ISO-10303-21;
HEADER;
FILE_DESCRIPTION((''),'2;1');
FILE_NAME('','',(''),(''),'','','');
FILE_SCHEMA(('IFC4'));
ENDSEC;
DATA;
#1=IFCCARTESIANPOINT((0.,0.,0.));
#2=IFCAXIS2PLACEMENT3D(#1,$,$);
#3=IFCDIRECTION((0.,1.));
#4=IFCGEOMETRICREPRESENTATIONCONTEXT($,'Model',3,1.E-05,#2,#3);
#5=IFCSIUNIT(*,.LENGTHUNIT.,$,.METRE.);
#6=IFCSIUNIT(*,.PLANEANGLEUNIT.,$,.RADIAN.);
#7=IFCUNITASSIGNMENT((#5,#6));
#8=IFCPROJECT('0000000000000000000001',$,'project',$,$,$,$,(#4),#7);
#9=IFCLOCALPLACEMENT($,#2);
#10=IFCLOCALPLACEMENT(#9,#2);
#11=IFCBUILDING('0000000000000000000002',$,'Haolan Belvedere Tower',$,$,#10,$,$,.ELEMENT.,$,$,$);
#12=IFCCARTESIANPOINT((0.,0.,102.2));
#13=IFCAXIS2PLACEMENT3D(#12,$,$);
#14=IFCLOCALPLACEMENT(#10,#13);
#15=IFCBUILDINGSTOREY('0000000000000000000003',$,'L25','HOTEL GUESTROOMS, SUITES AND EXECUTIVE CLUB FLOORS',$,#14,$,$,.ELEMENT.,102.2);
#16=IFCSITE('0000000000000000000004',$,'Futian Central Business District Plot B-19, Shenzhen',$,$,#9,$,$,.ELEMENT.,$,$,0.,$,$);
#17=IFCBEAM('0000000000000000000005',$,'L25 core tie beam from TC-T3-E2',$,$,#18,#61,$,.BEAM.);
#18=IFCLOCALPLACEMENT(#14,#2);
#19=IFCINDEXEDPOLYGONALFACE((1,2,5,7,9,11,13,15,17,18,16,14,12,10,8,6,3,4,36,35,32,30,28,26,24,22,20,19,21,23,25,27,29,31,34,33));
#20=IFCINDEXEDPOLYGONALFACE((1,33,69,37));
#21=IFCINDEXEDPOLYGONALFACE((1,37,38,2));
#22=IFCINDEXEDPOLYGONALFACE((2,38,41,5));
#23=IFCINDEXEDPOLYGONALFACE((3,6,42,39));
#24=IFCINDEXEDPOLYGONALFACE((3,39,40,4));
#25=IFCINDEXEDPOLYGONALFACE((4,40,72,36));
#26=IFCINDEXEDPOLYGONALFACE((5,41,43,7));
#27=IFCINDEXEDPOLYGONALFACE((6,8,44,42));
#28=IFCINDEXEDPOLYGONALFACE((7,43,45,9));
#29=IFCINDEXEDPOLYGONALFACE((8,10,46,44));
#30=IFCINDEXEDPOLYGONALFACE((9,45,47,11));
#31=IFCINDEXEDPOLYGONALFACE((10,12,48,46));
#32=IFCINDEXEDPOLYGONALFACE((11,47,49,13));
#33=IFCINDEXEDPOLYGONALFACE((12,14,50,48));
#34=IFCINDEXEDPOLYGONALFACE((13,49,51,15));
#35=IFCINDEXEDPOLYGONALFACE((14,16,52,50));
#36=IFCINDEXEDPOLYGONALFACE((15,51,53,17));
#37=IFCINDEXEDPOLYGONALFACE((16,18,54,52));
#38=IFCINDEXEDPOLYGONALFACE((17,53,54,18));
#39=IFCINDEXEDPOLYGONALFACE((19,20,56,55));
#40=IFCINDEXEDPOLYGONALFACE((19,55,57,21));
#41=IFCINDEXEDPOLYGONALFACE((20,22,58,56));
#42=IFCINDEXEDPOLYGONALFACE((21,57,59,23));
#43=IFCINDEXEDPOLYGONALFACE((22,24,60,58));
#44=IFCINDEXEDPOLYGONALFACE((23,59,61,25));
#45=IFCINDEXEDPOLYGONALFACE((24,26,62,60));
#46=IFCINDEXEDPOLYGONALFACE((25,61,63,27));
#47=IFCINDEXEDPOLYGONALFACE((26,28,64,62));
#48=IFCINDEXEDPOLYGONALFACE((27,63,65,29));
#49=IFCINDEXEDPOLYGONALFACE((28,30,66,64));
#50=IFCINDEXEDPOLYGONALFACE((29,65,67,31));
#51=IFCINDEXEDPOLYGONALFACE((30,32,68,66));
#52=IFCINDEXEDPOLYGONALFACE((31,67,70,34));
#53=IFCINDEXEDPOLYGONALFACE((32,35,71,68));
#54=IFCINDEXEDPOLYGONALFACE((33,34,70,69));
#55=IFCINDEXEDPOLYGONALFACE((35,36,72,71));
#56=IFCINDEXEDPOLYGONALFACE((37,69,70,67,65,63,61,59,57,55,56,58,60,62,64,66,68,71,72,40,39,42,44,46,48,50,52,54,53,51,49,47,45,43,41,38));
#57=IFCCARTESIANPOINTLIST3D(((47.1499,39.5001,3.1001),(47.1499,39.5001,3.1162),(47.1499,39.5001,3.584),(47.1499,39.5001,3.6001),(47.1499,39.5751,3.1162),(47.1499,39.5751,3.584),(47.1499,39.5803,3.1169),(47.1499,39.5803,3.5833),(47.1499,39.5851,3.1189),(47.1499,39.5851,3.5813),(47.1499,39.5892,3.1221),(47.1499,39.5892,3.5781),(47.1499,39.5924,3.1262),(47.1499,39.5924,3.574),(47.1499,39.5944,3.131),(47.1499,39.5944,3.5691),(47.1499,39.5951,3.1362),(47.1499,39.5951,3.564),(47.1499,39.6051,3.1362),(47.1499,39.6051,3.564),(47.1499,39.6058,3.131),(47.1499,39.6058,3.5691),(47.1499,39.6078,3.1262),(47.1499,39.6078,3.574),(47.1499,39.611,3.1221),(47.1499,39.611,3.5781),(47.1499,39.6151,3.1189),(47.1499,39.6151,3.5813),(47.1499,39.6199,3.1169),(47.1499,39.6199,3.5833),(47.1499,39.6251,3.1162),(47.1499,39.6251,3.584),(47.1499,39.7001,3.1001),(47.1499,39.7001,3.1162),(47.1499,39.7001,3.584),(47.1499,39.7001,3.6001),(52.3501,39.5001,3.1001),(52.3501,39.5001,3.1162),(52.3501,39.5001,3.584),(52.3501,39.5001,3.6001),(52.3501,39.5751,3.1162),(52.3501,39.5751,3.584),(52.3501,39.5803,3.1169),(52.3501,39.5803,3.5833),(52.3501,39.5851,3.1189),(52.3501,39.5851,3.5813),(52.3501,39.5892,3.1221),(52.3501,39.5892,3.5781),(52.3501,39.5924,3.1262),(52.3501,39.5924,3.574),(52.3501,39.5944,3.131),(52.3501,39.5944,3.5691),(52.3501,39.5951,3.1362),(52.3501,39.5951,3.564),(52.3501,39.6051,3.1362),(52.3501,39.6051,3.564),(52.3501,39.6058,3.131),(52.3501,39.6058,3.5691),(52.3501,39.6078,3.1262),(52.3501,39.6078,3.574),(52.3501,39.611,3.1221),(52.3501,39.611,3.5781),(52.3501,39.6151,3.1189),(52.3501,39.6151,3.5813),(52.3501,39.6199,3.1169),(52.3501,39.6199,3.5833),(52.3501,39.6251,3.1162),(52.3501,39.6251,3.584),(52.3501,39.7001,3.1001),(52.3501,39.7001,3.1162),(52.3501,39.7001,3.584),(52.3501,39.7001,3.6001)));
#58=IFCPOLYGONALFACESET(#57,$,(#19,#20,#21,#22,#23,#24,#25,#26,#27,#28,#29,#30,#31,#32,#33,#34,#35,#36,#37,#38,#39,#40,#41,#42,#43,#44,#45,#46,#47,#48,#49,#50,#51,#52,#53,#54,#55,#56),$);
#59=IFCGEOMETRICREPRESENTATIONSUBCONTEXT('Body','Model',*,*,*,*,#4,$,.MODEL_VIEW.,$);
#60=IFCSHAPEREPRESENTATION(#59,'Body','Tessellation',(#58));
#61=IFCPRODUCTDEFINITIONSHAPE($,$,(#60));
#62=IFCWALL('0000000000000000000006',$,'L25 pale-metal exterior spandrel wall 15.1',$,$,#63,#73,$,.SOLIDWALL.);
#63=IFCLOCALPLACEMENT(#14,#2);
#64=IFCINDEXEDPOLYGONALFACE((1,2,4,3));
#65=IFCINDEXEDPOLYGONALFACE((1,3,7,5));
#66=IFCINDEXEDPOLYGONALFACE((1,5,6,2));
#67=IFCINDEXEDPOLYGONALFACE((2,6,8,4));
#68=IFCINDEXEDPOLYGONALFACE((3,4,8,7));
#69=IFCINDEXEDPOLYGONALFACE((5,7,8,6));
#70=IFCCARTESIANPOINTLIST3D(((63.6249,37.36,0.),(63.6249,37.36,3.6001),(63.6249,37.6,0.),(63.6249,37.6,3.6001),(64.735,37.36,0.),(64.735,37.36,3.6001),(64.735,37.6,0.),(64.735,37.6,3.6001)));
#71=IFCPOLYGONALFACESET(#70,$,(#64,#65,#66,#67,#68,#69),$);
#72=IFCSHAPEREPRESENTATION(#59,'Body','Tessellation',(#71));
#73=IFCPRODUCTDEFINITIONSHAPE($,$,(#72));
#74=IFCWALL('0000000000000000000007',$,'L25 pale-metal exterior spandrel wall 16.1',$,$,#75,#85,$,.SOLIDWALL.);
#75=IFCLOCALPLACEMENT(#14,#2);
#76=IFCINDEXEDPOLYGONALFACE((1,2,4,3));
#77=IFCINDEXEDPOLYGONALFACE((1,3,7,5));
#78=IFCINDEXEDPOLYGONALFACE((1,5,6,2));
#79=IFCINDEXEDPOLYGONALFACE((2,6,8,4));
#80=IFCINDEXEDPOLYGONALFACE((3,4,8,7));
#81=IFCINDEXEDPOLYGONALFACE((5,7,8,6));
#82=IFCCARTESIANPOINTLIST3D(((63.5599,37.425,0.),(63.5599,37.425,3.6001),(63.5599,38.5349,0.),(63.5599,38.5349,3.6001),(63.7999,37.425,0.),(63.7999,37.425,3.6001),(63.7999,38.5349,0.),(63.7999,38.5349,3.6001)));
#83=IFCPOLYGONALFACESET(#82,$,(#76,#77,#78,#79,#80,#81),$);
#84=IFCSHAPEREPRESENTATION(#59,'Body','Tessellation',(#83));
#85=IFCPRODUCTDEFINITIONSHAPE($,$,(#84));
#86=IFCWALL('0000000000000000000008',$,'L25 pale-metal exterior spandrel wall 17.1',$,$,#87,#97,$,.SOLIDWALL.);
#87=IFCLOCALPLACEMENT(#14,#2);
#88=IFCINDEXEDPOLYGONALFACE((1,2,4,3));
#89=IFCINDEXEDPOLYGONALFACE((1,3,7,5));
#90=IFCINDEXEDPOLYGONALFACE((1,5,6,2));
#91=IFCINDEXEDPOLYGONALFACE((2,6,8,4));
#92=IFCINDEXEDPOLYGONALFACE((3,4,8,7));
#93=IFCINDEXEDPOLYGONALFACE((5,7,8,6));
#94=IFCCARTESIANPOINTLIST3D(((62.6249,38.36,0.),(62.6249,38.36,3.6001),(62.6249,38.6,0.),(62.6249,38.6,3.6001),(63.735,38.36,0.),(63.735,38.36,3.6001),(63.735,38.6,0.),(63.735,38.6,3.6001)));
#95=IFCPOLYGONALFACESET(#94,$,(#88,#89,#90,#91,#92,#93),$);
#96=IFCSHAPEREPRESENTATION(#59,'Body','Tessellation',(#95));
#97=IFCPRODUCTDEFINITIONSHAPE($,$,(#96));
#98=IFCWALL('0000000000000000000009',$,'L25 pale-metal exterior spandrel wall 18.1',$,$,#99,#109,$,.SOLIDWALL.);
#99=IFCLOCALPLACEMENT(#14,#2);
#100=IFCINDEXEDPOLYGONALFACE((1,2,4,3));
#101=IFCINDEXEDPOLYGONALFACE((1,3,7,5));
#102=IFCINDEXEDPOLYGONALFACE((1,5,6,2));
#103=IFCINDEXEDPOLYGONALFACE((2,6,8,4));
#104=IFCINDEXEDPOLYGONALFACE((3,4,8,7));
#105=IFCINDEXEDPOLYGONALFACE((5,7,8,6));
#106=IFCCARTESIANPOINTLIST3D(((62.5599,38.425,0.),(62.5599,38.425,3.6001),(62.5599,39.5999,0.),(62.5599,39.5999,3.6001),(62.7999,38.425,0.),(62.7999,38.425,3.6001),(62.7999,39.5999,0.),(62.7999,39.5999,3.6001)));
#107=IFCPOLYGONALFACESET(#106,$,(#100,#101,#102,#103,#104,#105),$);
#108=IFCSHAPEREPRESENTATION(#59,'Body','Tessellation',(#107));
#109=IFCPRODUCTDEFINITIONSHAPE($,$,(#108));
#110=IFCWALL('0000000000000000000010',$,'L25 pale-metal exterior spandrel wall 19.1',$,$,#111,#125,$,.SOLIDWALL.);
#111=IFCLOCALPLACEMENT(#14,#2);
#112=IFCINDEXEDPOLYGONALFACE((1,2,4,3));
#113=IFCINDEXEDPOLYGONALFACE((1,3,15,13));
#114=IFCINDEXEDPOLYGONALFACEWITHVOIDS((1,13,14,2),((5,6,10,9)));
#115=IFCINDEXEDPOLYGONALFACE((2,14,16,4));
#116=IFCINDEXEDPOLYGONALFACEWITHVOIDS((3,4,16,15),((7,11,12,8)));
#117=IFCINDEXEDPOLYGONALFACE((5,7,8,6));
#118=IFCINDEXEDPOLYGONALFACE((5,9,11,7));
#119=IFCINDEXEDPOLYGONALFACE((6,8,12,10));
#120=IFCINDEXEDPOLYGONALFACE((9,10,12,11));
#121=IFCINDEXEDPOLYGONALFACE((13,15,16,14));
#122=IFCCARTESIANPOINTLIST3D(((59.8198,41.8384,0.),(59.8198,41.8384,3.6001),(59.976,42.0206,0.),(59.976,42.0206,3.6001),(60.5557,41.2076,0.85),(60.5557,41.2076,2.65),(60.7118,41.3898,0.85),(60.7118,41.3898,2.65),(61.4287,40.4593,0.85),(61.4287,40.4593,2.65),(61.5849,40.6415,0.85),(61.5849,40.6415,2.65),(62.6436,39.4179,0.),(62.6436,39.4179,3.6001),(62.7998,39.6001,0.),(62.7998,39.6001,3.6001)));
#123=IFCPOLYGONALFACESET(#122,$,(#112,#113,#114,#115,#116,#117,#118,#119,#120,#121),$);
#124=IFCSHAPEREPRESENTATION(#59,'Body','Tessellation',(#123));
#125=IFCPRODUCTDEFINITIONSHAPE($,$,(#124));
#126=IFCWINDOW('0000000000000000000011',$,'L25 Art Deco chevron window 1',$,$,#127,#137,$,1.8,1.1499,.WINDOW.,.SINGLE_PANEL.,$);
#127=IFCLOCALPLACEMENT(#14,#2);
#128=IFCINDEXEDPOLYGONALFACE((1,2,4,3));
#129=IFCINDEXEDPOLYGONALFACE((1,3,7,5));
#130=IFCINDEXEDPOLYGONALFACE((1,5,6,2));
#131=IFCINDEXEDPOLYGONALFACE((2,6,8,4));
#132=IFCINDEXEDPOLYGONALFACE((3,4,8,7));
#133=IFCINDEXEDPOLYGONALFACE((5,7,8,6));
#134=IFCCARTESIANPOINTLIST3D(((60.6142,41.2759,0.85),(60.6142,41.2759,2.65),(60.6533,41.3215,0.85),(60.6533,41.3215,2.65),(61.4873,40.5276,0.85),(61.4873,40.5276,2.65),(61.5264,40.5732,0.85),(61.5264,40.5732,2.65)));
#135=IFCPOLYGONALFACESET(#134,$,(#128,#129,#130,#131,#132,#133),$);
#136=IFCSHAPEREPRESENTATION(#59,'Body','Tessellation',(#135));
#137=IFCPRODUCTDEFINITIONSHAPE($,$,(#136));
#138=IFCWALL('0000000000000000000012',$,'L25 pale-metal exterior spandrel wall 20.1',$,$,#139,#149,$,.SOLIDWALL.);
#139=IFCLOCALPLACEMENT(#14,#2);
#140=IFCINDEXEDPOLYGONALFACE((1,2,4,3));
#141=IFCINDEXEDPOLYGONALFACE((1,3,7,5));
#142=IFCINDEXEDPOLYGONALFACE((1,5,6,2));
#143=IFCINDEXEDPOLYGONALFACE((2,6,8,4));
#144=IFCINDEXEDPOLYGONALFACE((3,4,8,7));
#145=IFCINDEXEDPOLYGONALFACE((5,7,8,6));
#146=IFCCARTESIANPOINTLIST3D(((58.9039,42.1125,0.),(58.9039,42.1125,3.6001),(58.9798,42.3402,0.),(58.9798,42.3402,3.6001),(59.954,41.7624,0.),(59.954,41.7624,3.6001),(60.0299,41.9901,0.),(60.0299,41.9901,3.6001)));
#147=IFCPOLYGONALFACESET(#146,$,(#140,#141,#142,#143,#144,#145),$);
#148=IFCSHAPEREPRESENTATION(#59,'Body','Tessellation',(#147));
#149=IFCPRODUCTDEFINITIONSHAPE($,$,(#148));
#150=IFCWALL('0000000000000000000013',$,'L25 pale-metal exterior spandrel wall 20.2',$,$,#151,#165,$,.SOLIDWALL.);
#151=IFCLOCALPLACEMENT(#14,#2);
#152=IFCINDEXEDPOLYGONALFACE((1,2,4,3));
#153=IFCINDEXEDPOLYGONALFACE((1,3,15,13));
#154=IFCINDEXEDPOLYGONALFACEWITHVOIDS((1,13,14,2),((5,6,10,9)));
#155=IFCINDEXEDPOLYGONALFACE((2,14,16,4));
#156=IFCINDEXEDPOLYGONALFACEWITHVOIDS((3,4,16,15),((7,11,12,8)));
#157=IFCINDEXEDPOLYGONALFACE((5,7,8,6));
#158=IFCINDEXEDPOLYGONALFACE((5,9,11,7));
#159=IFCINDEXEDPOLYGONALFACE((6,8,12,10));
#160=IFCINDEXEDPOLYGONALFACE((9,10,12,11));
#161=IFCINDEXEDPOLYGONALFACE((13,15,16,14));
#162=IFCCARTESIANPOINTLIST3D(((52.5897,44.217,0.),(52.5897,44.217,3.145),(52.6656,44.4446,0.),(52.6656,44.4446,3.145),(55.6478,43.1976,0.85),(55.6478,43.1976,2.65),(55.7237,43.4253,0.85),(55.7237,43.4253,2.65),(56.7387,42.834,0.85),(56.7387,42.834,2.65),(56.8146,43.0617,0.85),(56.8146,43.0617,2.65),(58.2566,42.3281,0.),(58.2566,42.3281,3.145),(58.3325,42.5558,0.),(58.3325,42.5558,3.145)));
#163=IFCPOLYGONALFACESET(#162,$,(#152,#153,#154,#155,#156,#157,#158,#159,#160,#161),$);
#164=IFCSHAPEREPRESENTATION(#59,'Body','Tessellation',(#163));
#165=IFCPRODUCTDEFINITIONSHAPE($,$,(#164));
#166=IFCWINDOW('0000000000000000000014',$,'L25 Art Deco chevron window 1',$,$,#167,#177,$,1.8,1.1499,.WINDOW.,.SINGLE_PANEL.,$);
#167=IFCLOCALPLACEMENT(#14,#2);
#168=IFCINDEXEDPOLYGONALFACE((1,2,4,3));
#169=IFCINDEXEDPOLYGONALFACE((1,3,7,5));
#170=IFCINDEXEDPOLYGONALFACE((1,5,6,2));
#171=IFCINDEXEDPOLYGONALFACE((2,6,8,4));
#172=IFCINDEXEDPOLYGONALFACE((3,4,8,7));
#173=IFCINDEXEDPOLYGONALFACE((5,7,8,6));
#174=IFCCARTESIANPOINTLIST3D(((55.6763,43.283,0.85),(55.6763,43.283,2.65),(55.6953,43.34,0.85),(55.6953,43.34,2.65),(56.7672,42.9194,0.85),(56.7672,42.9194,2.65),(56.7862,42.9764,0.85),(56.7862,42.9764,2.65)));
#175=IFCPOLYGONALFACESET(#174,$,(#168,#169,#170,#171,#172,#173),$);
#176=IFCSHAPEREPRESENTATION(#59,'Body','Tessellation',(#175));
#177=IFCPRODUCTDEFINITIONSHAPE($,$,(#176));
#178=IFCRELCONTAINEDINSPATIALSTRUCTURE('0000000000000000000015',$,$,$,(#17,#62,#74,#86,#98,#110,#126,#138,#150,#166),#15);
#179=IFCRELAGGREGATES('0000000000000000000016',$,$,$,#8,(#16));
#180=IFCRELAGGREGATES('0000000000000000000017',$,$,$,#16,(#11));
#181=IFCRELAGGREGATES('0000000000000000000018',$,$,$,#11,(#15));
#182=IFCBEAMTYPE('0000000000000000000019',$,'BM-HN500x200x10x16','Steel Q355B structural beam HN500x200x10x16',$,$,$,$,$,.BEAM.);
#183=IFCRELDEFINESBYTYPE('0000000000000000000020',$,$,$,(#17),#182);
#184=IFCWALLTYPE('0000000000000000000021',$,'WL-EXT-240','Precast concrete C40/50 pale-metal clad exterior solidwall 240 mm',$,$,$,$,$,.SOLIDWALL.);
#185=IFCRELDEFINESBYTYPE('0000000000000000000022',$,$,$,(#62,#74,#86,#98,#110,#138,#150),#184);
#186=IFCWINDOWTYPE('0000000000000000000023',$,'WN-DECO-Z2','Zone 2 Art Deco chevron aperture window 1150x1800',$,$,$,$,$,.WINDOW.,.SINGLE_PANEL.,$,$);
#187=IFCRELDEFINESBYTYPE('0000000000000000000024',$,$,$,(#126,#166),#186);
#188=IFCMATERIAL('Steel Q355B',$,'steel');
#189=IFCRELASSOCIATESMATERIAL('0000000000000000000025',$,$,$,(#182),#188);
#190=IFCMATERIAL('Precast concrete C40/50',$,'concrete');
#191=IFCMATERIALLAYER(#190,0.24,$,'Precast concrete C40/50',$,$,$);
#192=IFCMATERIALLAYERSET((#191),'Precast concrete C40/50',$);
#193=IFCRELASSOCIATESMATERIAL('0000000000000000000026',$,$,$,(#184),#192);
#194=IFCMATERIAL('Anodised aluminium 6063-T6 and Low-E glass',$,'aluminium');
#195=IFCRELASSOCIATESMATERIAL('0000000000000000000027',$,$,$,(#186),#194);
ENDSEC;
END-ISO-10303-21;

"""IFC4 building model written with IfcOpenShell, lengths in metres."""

from ifc_helpers import new_model, si_unit, direction, frame, frame_2d, origin, origin_2d, place, context, subcontext, project, spatial, rectangle, i_section, extrude, material, layer, layer_set, material_profile, profile_set, type_object, element, fill, save


model = new_model("IFC4")

# Units and contexts
model_context = context("Model", 3, precision=1e-05, world=origin(), true_north=direction((0.0, 1.0)))
body_context = subcontext(model_context, "Body", "Model", "MODEL_VIEW")
ifc_project = project(units=[si_unit("LENGTHUNIT", "METRE"), si_unit("PLANEANGLEUNIT", "RADIAN")], contexts=[model_context])

# Site, building, storey
site_placement = place(None, origin())
site = spatial("IfcSite", under=ifc_project, at=site_placement, Name="Futian Central Business District Plot B-19, Shenzhen", CompositionType="ELEMENT", RefElevation=0.0)
building_placement = place(site_placement, origin())
building = spatial("IfcBuilding", under=site, at=building_placement, Name="Haolan Belvedere Tower", CompositionType="ELEMENT")
storey_placement = place(building_placement, frame((0.0, 0.0, 102.2)))
storey = spatial("IfcBuildingStorey", under=building, at=storey_placement, Name="L25", Description="HOTEL GUESTROOMS, SUITES AND EXECUTIVE CLUB FLOORS", CompositionType="ELEMENT", Elevation=102.2)

# Beam
ifc_material_1 = material(Name="Steel Q355B", Category="steel")
ifc_material_profile_1 = material_profile(ifc_material_1, i_section(OverallWidth=0.2, OverallDepth=0.5, WebThickness=0.01, FlangeThickness=0.0161, FilletRadius=0.02, at=origin_2d()), Name="Steel Q355B")
ifc_profile_set_1 = profile_set([ifc_material_profile_1], Name="Steel Q355B")
beam_type_1 = type_object("IfcBeamType", Name="BM-HN500x200x10x16", Description="Steel Q355B structural beam HN500x200x10x16", PredefinedType="BEAM", material=ifc_profile_set_1)
beam_1_placement = place(storey_placement, frame((52.3501, 39.6001, 3.3501), z_axis=(-1.0, 0.0, 0.0), x_axis=(0.0, -1.0, 0.0)))
element("IfcBeam", 1, at=beam_1_placement, inside=storey, type_object=beam_type_1, Name="L25 core tie beam from TC-T3-E2", PredefinedType="BEAM", context=body_context, shape_type="SweptSolid", body=[
    extrude(i_section(OverallWidth=0.2, OverallDepth=0.5, WebThickness=0.01, FlangeThickness=0.0161, FilletRadius=0.02, at=origin_2d()), origin(), (0.0, 0.0, 1.0), 5.2002),
])

# Walls
ifc_material_2 = material(Name="Precast concrete C40/50", Category="concrete")
ifc_layer_1 = layer(ifc_material_2, 0.24, Name="Precast concrete C40/50")
ifc_layer_set_1 = layer_set([ifc_layer_1], Name="Precast concrete C40/50")
wall_type_1 = type_object("IfcWallType", Name="WL-EXT-240", Description="Precast concrete C40/50 pale-metal clad exterior solidwall 240 mm", PredefinedType="SOLIDWALL", material=ifc_layer_set_1)
wall_1_placement = place(storey_placement, frame((64.7351, 37.48, 0.0), z_axis=(0.0, 0.0, 1.0), x_axis=(-1.0, 0.0, 0.0)))
element("IfcWall", 2, at=wall_1_placement, inside=storey, type_object=wall_type_1, Name="L25 pale-metal exterior spandrel wall 15.1", PredefinedType="SOLIDWALL", context=body_context, shape_type="SweptSolid", body=[
    extrude(rectangle(XDim=1.1101, YDim=0.24, at=frame_2d((0.5552, 0.0))), origin(), (0.0, 0.0, 1.0), 3.6001),
])
wall_2_placement = place(storey_placement, frame((63.6799, 37.425, 0.0), z_axis=(0.0, 0.0, 1.0), x_axis=(0.0, 1.0, 0.0)))
element("IfcWall", 3, at=wall_2_placement, inside=storey, type_object=wall_type_1, Name="L25 pale-metal exterior spandrel wall 16.1", PredefinedType="SOLIDWALL", context=body_context, shape_type="SweptSolid", body=[
    extrude(rectangle(XDim=1.1099, YDim=0.24, at=frame_2d((0.5549, 0.0))), origin(), (0.0, 0.0, 1.0), 3.6001),
])
wall_3_placement = place(storey_placement, frame((63.7351, 38.48, 0.0), z_axis=(0.0, 0.0, 1.0), x_axis=(-1.0, 0.0, 0.0)))
element("IfcWall", 4, at=wall_3_placement, inside=storey, type_object=wall_type_1, Name="L25 pale-metal exterior spandrel wall 17.1", PredefinedType="SOLIDWALL", context=body_context, shape_type="SweptSolid", body=[
    extrude(rectangle(XDim=1.1101, YDim=0.24, at=frame_2d((0.5552, 0.0))), origin(), (0.0, 0.0, 1.0), 3.6001),
])
wall_4_placement = place(storey_placement, frame((62.6799, 38.425, 0.0), z_axis=(0.0, 0.0, 1.0), x_axis=(0.0, 1.0, 0.0)))
element("IfcWall", 5, at=wall_4_placement, inside=storey, type_object=wall_type_1, Name="L25 pale-metal exterior spandrel wall 18.1", PredefinedType="SOLIDWALL", context=body_context, shape_type="SweptSolid", body=[
    extrude(rectangle(XDim=1.1748, YDim=0.24, at=frame_2d((0.5874, 0.0))), origin(), (0.0, 0.0, 1.0), 3.6001),
])

# Wall, opening, window
wall_5_placement = place(storey_placement, frame((62.7217, 39.509, 0.0), z_axis=(0.0, 0.0, 1.0), x_axis=(-0.759247, 0.650802, 0.0)))
wall_5 = element("IfcWall", 6, at=wall_5_placement, inside=storey, type_object=wall_type_1, Name="L25 pale-metal exterior spandrel wall 19.1", PredefinedType="SOLIDWALL", context=body_context, shape_type="SweptSolid", body=[
    extrude(rectangle(XDim=3.7192, YDim=0.24, at=frame_2d((1.8596, 0.0))), origin(), (0.0, 0.0, 1.0), 3.6001),
])
opening_1_placement = place(wall_5_placement, frame((1.6001, 0.0, 0.8501)))
opening_1 = element("IfcOpeningElement", 7, at=opening_1_placement, cuts=wall_5, PredefinedType="OPENING", context=body_context, shape_type="SweptSolid", body=[
    extrude(rectangle(XDim=1.1499, YDim=1.8, at=frame_2d((0.575, 0.8999))), frame((0.0, 0.1299, 0.0), z_axis=(0.0, -1.0, 0.0), x_axis=(1.0, 0.0, 0.0)), (0.0, 0.0, 1.0), 0.26),
])
ifc_material_3 = material(Name="Anodised aluminium 6063-T6 and Low-E glass", Category="aluminium")
window_type = type_object("IfcWindowType", Name="WN-DECO-Z2", Description="Zone 2 Art Deco chevron aperture window 1150x1800", PartitioningType="SINGLE_PANEL", PredefinedType="WINDOW", material=ifc_material_3)
window_1_placement = place(opening_1_placement, origin())
window_1 = element("IfcWindow", 8, at=window_1_placement, inside=storey, type_object=window_type, Name="L25 Art Deco chevron window 1", OverallHeight=1.8, OverallWidth=1.1499, PartitioningType="SINGLE_PANEL", PredefinedType="WINDOW", context=body_context, shape_type="SweptSolid", body=[
    extrude(rectangle(XDim=1.1499, YDim=1.8, at=frame_2d((0.575, 0.8999))), frame((0.0, 0.03, 0.0), z_axis=(0.0, -1.0, 0.0), x_axis=(1.0, 0.0, 0.0)), (0.0, 0.0, 1.0), 0.0601),
])
fill(opening_1, window_1)

# Wall
wall_6_placement = place(storey_placement, frame((59.9919, 41.8762, 0.0), z_axis=(0.0, 0.0, 1.0), x_axis=(-0.948661, 0.316294, 0.0)))
element("IfcWall", 9, at=wall_6_placement, inside=storey, type_object=wall_type_1, Name="L25 pale-metal exterior spandrel wall 20.1", PredefinedType="SOLIDWALL", context=body_context, shape_type="SweptSolid", body=[
    extrude(rectangle(XDim=1.1069, YDim=0.24, at=frame_2d((0.5535, 0.0))), origin(), (0.0, 0.0, 1.0), 3.6001),
])

# Wall, opening, window
wall_7_placement = place(storey_placement, frame((58.2947, 42.4419, 0.0), z_axis=(0.0, 0.0, 1.0), x_axis=(-0.948687, 0.316216, 0.0)))
wall_7 = element("IfcWall", 10, at=wall_7_placement, inside=storey, type_object=wall_type_1, Name="L25 pale-metal exterior spandrel wall 20.2", PredefinedType="SOLIDWALL", context=body_context, shape_type="SweptSolid", body=[
    extrude(rectangle(XDim=5.9734, YDim=0.24, at=frame_2d((2.9868, 0.0))), origin(), (0.0, 0.0, 1.0), 3.145),
])
opening_2_placement = place(wall_7_placement, frame((1.6001, 0.0, 0.8501)))
opening_2 = element("IfcOpeningElement", 11, at=opening_2_placement, cuts=wall_7, PredefinedType="OPENING", context=body_context, shape_type="SweptSolid", body=[
    extrude(rectangle(XDim=1.1499, YDim=1.8, at=frame_2d((0.575, 0.8999))), frame((0.0, 0.1299, 0.0), z_axis=(0.0, -1.0, 0.0), x_axis=(1.0, 0.0, 0.0)), (0.0, 0.0, 1.0), 0.26),
])
window_2_placement = place(opening_2_placement, origin())
window_2 = element("IfcWindow", 12, at=window_2_placement, inside=storey, type_object=window_type, Name="L25 Art Deco chevron window 1", OverallHeight=1.8, OverallWidth=1.1499, PartitioningType="SINGLE_PANEL", PredefinedType="WINDOW", context=body_context, shape_type="SweptSolid", body=[
    extrude(rectangle(XDim=1.1499, YDim=1.8, at=frame_2d((0.575, 0.8999))), frame((0.0, 0.03, 0.0), z_axis=(0.0, -1.0, 0.0), x_axis=(1.0, 0.0, 0.0)), (0.0, 0.0, 1.0), 0.0601),
])
fill(opening_2, window_2)

save(model, "model.ifc")
